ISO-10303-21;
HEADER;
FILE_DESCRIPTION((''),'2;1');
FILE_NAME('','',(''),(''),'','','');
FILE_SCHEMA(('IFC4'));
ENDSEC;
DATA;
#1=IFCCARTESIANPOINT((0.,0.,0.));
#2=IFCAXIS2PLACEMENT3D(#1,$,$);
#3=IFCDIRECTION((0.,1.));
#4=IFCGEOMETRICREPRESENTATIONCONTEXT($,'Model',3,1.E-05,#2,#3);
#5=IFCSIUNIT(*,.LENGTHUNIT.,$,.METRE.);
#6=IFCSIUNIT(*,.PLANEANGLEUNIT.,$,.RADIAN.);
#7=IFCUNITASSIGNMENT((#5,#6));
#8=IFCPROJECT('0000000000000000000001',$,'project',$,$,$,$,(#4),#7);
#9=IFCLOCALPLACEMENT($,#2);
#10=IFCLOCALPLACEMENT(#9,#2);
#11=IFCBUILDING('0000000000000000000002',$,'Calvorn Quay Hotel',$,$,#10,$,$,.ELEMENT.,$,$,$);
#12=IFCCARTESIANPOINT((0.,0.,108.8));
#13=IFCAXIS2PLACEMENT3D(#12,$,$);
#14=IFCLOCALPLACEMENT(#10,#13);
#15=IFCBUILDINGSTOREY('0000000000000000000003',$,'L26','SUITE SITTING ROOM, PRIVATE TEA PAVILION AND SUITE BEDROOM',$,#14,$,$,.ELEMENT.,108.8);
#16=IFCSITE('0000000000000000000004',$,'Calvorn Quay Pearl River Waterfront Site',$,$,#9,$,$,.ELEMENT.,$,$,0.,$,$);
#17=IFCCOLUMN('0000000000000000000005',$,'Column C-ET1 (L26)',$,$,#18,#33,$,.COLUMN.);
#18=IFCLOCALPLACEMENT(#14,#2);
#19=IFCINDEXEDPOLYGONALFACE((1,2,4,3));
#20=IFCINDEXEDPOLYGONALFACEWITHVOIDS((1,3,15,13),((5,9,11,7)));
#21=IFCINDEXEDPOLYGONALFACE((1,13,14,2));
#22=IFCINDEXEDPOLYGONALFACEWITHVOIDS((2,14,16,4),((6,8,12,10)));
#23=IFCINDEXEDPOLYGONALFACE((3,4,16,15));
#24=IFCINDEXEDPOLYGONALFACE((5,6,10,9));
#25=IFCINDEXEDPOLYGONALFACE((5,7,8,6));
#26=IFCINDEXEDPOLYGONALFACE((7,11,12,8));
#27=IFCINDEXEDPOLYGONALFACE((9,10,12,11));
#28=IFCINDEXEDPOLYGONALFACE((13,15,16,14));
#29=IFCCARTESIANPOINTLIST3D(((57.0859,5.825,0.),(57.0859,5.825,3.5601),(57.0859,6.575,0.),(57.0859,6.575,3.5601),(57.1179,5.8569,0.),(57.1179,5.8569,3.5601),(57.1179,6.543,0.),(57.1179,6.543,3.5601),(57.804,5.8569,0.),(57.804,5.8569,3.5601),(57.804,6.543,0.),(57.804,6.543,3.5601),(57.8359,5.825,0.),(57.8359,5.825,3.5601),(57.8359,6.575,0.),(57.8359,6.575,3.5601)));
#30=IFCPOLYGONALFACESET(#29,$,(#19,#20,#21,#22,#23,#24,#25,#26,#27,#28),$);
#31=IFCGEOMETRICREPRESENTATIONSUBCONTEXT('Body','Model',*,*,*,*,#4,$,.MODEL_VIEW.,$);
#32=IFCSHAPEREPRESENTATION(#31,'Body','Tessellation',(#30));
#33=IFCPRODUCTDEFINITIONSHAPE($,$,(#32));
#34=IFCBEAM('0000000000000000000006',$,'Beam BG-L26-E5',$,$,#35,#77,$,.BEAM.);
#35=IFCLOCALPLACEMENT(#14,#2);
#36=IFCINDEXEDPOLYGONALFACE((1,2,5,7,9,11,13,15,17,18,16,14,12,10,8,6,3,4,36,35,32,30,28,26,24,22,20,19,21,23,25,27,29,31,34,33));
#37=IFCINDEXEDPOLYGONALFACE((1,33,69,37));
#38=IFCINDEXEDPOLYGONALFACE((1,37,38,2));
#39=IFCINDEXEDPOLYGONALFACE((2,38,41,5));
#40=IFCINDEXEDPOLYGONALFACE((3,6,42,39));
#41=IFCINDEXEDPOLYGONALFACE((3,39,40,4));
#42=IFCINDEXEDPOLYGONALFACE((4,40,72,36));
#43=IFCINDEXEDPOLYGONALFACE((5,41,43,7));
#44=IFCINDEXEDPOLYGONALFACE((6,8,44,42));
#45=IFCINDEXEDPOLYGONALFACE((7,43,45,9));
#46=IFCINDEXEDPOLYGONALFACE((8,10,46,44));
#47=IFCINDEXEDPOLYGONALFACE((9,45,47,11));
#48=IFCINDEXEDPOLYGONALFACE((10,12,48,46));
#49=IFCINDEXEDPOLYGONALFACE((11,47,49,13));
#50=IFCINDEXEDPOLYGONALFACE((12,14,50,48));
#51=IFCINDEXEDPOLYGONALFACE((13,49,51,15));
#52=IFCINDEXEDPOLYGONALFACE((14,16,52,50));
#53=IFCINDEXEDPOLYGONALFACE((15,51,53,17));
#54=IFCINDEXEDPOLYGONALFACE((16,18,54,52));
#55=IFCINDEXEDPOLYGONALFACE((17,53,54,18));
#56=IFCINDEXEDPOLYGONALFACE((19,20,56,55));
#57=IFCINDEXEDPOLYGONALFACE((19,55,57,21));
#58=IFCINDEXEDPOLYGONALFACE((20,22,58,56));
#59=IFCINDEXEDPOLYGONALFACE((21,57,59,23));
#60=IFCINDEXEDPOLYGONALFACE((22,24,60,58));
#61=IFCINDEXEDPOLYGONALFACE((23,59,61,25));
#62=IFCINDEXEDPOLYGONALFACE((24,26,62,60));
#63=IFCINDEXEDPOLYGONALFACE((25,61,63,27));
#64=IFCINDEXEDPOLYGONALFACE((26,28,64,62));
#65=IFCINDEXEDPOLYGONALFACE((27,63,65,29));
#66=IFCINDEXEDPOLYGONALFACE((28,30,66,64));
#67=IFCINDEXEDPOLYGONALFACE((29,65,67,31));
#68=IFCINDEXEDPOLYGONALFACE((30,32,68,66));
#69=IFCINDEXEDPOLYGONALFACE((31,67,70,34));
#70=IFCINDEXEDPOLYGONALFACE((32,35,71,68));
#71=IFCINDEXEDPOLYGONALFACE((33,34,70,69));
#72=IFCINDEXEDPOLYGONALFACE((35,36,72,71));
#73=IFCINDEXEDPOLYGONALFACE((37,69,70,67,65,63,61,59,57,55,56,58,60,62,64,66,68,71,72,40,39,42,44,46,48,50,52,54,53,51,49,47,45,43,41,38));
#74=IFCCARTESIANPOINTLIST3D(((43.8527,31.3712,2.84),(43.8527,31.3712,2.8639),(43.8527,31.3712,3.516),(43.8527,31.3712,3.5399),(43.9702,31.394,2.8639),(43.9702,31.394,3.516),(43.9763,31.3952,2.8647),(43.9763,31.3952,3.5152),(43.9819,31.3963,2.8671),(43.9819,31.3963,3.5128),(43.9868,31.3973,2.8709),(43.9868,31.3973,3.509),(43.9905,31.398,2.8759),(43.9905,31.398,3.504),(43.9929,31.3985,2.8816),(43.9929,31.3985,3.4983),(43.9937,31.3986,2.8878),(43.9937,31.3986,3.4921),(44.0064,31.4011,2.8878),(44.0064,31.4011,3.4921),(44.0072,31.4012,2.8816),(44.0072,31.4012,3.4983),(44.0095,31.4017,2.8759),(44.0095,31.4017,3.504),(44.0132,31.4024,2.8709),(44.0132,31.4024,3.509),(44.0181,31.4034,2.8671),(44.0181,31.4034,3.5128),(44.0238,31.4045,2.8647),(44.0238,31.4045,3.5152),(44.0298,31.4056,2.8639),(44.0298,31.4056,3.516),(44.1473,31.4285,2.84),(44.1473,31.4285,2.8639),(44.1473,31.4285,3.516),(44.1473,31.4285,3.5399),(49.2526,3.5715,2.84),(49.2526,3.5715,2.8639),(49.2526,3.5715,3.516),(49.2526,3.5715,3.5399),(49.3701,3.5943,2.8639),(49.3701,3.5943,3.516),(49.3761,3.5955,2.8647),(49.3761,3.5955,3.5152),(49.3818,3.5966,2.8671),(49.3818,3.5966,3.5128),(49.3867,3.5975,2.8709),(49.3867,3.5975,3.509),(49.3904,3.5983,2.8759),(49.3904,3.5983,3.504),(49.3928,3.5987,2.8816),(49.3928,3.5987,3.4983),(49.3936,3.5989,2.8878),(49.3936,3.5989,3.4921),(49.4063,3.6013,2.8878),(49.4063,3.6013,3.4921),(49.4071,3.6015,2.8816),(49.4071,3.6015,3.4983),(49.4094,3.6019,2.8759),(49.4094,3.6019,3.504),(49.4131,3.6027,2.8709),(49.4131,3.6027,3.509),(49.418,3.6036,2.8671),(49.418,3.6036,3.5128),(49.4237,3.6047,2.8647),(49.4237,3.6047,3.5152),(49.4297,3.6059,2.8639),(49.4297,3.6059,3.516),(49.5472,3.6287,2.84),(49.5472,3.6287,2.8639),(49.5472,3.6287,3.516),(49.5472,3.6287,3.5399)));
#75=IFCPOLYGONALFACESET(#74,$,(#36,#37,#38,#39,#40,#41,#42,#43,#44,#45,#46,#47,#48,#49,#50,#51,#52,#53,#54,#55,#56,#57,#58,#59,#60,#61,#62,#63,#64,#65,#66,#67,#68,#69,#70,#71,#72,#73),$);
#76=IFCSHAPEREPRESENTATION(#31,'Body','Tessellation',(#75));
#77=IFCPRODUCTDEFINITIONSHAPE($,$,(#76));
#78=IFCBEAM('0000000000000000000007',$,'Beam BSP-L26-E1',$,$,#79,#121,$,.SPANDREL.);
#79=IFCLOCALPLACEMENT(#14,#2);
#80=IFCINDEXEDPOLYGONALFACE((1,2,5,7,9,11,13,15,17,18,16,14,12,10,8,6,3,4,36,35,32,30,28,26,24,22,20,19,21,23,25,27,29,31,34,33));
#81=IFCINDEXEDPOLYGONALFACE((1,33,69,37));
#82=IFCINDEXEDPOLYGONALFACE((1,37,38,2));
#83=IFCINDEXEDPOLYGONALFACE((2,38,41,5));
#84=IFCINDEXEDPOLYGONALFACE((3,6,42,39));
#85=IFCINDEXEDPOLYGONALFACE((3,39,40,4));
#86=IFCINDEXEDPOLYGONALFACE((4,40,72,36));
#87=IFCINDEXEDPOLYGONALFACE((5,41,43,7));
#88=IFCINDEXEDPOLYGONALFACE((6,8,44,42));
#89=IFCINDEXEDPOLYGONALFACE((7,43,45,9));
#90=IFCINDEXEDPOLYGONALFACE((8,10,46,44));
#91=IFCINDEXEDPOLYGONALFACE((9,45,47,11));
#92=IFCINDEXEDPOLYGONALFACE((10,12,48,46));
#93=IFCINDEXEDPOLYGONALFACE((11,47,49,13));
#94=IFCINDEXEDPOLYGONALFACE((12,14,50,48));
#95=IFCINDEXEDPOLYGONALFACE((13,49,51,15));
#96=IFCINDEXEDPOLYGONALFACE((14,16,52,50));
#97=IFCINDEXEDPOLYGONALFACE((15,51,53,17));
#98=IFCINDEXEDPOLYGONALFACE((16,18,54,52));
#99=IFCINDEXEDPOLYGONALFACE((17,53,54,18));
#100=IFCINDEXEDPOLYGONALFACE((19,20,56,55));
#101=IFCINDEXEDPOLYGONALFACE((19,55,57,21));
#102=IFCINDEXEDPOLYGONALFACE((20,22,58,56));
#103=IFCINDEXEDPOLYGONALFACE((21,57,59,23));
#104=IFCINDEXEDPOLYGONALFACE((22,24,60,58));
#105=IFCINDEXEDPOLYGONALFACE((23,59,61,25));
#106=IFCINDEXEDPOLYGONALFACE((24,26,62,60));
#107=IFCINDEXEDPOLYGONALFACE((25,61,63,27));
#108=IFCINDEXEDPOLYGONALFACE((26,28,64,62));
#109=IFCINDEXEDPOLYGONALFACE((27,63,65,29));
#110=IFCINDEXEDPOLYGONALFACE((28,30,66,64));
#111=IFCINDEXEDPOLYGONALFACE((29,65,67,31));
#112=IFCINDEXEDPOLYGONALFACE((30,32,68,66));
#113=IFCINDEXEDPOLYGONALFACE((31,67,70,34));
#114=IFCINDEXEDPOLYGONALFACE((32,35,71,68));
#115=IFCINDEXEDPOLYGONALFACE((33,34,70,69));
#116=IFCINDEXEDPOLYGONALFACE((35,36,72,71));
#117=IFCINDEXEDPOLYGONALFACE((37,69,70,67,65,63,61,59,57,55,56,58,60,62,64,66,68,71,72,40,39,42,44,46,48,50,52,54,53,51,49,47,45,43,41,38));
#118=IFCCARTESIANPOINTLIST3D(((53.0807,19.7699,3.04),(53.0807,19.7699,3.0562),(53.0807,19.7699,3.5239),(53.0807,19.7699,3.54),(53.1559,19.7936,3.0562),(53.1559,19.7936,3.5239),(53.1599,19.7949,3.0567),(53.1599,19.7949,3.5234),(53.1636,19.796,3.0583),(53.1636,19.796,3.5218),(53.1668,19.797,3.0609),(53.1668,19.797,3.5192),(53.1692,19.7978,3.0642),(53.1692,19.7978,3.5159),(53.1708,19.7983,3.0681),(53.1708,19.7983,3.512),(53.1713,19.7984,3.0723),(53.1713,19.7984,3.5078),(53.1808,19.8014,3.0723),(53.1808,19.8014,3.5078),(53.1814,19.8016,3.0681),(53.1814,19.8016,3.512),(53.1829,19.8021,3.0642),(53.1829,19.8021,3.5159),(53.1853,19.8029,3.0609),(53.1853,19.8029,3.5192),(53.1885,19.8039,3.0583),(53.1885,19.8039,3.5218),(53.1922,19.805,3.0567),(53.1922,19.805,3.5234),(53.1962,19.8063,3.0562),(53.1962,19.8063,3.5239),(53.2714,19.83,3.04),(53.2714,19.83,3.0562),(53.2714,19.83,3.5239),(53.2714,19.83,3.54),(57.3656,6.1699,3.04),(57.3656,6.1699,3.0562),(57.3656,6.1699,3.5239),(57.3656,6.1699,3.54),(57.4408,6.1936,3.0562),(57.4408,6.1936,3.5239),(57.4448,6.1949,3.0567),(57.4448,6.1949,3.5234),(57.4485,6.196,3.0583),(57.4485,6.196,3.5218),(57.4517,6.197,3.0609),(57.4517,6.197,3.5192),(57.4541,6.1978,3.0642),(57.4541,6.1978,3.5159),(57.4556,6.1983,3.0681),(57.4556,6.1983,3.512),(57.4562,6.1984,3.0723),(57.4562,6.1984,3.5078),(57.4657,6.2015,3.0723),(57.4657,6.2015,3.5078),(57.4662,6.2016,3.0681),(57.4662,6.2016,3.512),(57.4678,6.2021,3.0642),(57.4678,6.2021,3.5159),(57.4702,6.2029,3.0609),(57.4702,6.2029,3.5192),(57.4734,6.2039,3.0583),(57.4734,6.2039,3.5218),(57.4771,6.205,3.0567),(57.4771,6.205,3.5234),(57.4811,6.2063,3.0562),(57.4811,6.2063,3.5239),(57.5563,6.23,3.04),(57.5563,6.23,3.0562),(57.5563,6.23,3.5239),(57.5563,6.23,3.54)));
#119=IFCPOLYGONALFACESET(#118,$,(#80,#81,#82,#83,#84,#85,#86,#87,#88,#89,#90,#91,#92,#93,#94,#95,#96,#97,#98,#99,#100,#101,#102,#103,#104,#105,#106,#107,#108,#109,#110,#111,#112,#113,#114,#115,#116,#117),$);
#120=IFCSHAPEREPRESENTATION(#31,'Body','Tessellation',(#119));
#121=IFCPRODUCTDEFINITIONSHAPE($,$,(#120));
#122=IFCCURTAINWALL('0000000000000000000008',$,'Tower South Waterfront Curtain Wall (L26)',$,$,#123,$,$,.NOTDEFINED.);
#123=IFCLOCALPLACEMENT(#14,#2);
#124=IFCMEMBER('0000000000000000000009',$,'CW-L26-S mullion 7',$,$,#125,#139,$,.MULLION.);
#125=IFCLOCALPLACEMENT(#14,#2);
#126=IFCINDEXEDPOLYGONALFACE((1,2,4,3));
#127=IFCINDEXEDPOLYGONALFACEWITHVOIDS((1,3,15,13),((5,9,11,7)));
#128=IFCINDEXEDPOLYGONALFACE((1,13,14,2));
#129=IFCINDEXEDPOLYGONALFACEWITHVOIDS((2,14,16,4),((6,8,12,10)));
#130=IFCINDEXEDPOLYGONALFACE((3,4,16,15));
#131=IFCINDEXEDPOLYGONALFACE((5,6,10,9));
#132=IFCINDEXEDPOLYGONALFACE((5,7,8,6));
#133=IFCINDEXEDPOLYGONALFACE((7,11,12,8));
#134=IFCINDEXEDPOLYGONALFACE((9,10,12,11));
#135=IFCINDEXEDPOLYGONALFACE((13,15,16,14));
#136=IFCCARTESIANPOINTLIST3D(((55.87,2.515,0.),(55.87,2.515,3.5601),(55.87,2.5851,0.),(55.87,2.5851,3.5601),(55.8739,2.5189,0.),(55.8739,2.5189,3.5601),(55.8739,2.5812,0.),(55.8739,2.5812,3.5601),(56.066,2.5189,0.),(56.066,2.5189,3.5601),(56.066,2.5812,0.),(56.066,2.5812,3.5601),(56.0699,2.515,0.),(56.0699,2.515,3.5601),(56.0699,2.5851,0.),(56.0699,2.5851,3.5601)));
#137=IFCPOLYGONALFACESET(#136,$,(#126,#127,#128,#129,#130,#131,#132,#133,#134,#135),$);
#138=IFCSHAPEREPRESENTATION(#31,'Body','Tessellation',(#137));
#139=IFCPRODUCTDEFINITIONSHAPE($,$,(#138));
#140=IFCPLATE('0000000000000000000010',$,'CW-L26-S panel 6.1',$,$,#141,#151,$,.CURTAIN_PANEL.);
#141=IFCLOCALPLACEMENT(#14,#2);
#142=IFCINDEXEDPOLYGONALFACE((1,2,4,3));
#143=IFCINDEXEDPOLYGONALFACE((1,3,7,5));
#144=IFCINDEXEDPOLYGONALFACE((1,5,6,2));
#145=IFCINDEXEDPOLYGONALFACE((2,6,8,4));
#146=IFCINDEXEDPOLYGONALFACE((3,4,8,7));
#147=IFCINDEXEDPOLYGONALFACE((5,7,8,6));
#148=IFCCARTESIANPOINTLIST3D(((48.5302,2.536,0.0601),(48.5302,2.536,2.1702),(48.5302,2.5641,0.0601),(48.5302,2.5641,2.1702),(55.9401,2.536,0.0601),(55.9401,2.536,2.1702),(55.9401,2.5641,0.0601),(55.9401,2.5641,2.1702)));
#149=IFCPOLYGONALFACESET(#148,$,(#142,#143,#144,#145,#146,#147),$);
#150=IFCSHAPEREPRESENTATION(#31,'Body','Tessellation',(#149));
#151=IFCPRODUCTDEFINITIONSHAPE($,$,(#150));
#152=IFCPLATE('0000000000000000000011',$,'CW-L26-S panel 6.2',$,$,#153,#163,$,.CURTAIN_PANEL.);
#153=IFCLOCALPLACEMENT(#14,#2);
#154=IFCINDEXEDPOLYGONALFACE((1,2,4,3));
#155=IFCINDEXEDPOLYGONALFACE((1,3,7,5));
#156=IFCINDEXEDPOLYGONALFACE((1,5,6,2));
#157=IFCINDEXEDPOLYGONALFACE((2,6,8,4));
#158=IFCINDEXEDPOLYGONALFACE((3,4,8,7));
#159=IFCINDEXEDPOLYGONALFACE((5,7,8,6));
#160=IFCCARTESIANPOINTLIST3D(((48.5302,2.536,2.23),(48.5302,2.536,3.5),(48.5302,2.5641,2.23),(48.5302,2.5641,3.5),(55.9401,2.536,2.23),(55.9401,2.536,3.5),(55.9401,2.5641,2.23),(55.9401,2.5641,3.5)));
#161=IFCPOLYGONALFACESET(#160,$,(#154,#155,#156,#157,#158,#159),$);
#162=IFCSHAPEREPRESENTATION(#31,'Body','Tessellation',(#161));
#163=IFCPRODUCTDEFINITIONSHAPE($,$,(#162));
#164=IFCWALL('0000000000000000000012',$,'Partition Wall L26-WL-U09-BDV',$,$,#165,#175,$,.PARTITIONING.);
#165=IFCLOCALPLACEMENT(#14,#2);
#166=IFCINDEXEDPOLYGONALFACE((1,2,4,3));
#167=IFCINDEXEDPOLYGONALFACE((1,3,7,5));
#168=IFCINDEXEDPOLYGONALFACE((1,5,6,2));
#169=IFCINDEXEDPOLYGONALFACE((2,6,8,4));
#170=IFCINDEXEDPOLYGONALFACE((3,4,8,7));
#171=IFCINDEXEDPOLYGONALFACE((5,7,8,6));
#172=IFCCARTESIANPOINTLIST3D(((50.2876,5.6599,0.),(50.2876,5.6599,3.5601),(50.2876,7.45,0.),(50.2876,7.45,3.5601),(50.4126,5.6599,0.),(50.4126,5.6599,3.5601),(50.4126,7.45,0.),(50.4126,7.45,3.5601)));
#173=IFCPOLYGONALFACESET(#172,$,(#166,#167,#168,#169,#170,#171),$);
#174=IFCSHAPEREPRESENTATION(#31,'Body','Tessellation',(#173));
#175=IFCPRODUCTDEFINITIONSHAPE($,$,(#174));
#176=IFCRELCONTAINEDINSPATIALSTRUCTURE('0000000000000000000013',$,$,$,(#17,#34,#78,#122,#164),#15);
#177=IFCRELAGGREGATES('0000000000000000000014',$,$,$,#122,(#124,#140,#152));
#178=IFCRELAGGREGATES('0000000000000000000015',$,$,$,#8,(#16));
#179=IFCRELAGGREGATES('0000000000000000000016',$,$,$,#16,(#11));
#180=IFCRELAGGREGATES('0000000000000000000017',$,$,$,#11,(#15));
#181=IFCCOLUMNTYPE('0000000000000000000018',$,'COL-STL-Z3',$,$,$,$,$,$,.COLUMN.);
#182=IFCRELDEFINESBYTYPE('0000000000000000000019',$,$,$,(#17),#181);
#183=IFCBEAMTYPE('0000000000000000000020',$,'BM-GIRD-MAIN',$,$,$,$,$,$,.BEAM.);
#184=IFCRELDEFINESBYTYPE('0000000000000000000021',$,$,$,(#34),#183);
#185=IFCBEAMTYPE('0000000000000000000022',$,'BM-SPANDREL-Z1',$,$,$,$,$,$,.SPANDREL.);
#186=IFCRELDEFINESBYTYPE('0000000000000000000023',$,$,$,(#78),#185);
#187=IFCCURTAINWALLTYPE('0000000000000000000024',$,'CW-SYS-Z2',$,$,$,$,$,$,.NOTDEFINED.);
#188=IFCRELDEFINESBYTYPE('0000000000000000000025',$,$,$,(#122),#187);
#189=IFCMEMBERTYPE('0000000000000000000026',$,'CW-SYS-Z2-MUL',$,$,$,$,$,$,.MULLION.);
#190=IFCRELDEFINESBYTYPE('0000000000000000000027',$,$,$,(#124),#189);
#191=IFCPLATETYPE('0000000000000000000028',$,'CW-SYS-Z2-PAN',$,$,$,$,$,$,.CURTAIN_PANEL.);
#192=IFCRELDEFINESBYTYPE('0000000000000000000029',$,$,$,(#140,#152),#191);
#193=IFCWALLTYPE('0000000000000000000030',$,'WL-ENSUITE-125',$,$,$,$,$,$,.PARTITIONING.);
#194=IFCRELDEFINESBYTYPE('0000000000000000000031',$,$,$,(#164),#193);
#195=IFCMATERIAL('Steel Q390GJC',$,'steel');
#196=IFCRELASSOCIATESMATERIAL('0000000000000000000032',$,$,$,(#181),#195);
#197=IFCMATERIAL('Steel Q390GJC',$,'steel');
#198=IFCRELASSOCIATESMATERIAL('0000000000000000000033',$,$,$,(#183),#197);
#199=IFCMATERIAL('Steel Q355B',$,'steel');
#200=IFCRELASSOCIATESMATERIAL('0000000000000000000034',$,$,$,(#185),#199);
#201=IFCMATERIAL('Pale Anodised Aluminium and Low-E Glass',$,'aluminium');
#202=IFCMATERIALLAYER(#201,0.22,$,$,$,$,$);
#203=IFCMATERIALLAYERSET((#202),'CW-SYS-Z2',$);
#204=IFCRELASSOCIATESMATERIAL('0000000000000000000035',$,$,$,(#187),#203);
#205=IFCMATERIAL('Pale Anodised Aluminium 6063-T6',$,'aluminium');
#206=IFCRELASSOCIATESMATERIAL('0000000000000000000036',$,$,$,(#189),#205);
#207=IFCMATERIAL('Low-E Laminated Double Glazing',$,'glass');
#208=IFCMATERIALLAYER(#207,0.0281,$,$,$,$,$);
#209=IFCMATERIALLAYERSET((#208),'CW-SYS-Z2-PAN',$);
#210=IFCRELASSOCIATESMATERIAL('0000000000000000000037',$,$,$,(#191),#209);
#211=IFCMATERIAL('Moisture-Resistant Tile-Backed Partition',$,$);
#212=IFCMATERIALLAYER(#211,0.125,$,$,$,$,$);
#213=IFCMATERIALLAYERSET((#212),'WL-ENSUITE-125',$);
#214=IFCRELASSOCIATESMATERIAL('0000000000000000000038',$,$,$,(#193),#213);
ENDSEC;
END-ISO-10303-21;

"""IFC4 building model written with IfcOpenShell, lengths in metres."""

from ifc_helpers import new_model, si_unit, direction, frame, frame_2d, origin, origin_2d, place, context, subcontext, project, spatial, rectangle, hollow_rectangle, i_section, extrude, material, layer, layer_set, material_profile, profile_set, type_object, element, aggregate, save


model = new_model("IFC4")

# Units and contexts
model_context = context("Model", 3, precision=1e-05, world=origin(), true_north=direction((0.0, 1.0)))
body_context = subcontext(model_context, "Body", "Model", "MODEL_VIEW")
ifc_project = project(units=[si_unit("LENGTHUNIT", "METRE"), si_unit("PLANEANGLEUNIT", "RADIAN")], contexts=[model_context])

# Site, building, storey
site_placement = place(None, origin())
site = spatial("IfcSite", under=ifc_project, at=site_placement, Name="Calvorn Quay Pearl River Waterfront Site", CompositionType="ELEMENT", RefElevation=0.0)
building_placement = place(site_placement, origin())
building = spatial("IfcBuilding", under=site, at=building_placement, Name="Calvorn Quay Hotel", CompositionType="ELEMENT")
storey_placement = place(building_placement, frame((0.0, 0.0, 108.8)))
storey = spatial("IfcBuildingStorey", under=building, at=storey_placement, Name="L26", Description="SUITE SITTING ROOM, PRIVATE TEA PAVILION AND SUITE BEDROOM", CompositionType="ELEMENT", Elevation=108.8)

# Column
ifc_material_1 = material(Name="Steel Q390GJC", Category="steel")
ifc_material_profile_1 = material_profile(ifc_material_1, hollow_rectangle(XDim=0.75, YDim=0.75, WallThickness=0.032, at=origin_2d()), Name="BOX750x750x32")
ifc_profile_set_1 = profile_set([ifc_material_profile_1], Name="Steel Q390GJC")
column_type = type_object("IfcColumnType", Name="COL-STL-Z3", PredefinedType="COLUMN", material=ifc_profile_set_1)
column_placement = place(storey_placement, frame((57.4609, 6.2, 0.0), z_axis=(0.0, 0.0, 1.0), x_axis=(1.0, 0.0, 0.0)))
element("IfcColumn", 1, at=column_placement, inside=storey, type_object=column_type, Name="Column C-ET1 (L26)", PredefinedType="COLUMN", context=body_context, shape_type="SweptSolid", body=[
    extrude(hollow_rectangle(XDim=0.75, YDim=0.75, WallThickness=0.032, at=origin_2d()), origin(), (0.0, 0.0, 1.0), 3.5601),
])

# Beams
ifc_material_2 = material(Name="Steel Q390GJC", Category="steel")
ifc_material_profile_2 = material_profile(ifc_material_2, i_section(OverallWidth=0.3, OverallDepth=0.7, WebThickness=0.0129, FlangeThickness=0.0239, FilletRadius=0.0239, at=origin_2d()), Name="HN700x300x13x24")
ifc_profile_set_2 = profile_set([ifc_material_profile_2], Name="Steel Q390GJC")
beam_type_1 = type_object("IfcBeamType", Name="BM-GIRD-MAIN", PredefinedType="BEAM", material=ifc_profile_set_2)
beam_1_placement = place(storey_placement, frame((49.3999, 3.6001, 3.1899), z_axis=(-0.190679, 0.981653, 0.0), x_axis=(-0.981653, -0.190679, 0.0)))
element("IfcBeam", 2, at=beam_1_placement, inside=storey, type_object=beam_type_1, Name="Beam BG-L26-E5", PredefinedType="BEAM", context=body_context, shape_type="SweptSolid", body=[
    extrude(i_section(OverallWidth=0.3, OverallDepth=0.7, WebThickness=0.0129, FlangeThickness=0.0239, FilletRadius=0.0239, at=origin_2d()), origin(), (0.0, 0.0, 1.0), 28.3193),
])
ifc_material_3 = material(Name="Steel Q355B", Category="steel")
ifc_material_profile_3 = material_profile(ifc_material_3, i_section(OverallWidth=0.2, OverallDepth=0.5, WebThickness=0.01, FlangeThickness=0.0161, FilletRadius=0.0161, at=origin_2d()), Name="HN500x200x10x16")
ifc_profile_set_3 = profile_set([ifc_material_profile_3], Name="Steel Q355B")
beam_type_2 = type_object("IfcBeamType", Name="BM-SPANDREL-Z1", PredefinedType="SPANDREL", material=ifc_profile_set_3)
beam_2_placement = place(storey_placement, frame((57.4609, 6.2, 3.29), z_axis=(-0.300503, 0.953781, 0.0), x_axis=(-0.953781, -0.300503, 0.0)))
element("IfcBeam", 3, at=beam_2_placement, inside=storey, type_object=beam_type_2, Name="Beam BSP-L26-E1", PredefinedType="SPANDREL", context=body_context, shape_type="SweptSolid", body=[
    extrude(i_section(OverallWidth=0.2, OverallDepth=0.5, WebThickness=0.01, FlangeThickness=0.0161, FilletRadius=0.0161, at=origin_2d()), origin(), (0.0, 0.0, 1.0), 14.259),
])

# Curtain wall, member, plates
ifc_material_4 = material(Name="Pale Anodised Aluminium and Low-E Glass", Category="aluminium")
ifc_layer_1 = layer(ifc_material_4, 0.22)
ifc_layer_set_1 = layer_set([ifc_layer_1], Name="CW-SYS-Z2")
curtain_wall_type = type_object("IfcCurtainWallType", Name="CW-SYS-Z2", PredefinedType="NOTDEFINED", material=ifc_layer_set_1)
curtain_wall_placement = place(storey_placement, origin())
curtain_wall = element("IfcCurtainWall", 4, at=curtain_wall_placement, inside=storey, type_object=curtain_wall_type, Name="Tower South Waterfront Curtain Wall (L26)", PredefinedType="NOTDEFINED")
ifc_material_5 = material(Name="Pale Anodised Aluminium 6063-T6", Category="aluminium")
ifc_material_profile_4 = material_profile(ifc_material_5, hollow_rectangle(XDim=0.0701, YDim=0.2, WallThickness=0.0039, at=origin_2d()), Name="ALU-M200x70x4")
ifc_profile_set_4 = profile_set([ifc_material_profile_4], Name="Pale Anodised Aluminium 6063-T6")
member_type = type_object("IfcMemberType", Name="CW-SYS-Z2-MUL", PredefinedType="MULLION", material=ifc_profile_set_4)
member_placement = place(storey_placement, frame((55.97, 2.55, 0.0), z_axis=(0.0, 0.0, 1.0), x_axis=(0.0, 1.0, 0.0)))
member = element("IfcMember", 5, at=member_placement, type_object=member_type, Name="CW-L26-S mullion 7", PredefinedType="MULLION", context=body_context, shape_type="SweptSolid", body=[
    extrude(hollow_rectangle(XDim=0.0701, YDim=0.2, WallThickness=0.0039, at=origin_2d()), origin(), (0.0, 0.0, 1.0), 3.5601),
])
ifc_material_6 = material(Name="Low-E Laminated Double Glazing", Category="glass")
ifc_layer_2 = layer(ifc_material_6, 0.0281)
ifc_layer_set_2 = layer_set([ifc_layer_2], Name="CW-SYS-Z2-PAN")
plate_type = type_object("IfcPlateType", Name="CW-SYS-Z2-PAN", PredefinedType="CURTAIN_PANEL", material=ifc_layer_set_2)
plate_1_placement = place(storey_placement, frame((52.2351, 2.55, 0.0601), z_axis=(0.0, 0.0, 1.0), x_axis=(1.0, 0.0, 0.0)))
plate_1 = element("IfcPlate", 6, at=plate_1_placement, type_object=plate_type, Name="CW-L26-S panel 6.1", PredefinedType="CURTAIN_PANEL", context=body_context, shape_type="SweptSolid", body=[
    extrude(rectangle(XDim=7.4099, YDim=0.0281, at=origin_2d()), origin(), (0.0, 0.0, 1.0), 2.1101),
])
plate_2_placement = place(storey_placement, frame((52.2351, 2.55, 2.23), z_axis=(0.0, 0.0, 1.0), x_axis=(1.0, 0.0, 0.0)))
plate_2 = element("IfcPlate", 7, at=plate_2_placement, type_object=plate_type, Name="CW-L26-S panel 6.2", PredefinedType="CURTAIN_PANEL", context=body_context, shape_type="SweptSolid", body=[
    extrude(rectangle(XDim=7.4099, YDim=0.0281, at=origin_2d()), origin(), (0.0, 0.0, 1.0), 1.27),
])
aggregate(curtain_wall, [member, plate_1, plate_2])

# Wall
ifc_material_7 = material(Name="Moisture-Resistant Tile-Backed Partition")
ifc_layer_3 = layer(ifc_material_7, 0.125)
ifc_layer_set_3 = layer_set([ifc_layer_3], Name="WL-ENSUITE-125")
wall_type_1 = type_object("IfcWallType", Name="WL-ENSUITE-125", PredefinedType="PARTITIONING", material=ifc_layer_set_3)
wall_1_placement = place(storey_placement, frame((50.3501, 5.6599, 0.0), z_axis=(0.0, 0.0, 1.0), x_axis=(0.0, 1.0, 0.0)))
element("IfcWall", 8, at=wall_1_placement, inside=storey, type_object=wall_type_1, Name="Partition Wall L26-WL-U09-BDV", PredefinedType="PARTITIONING", context=body_context, shape_type="SweptSolid", body=[
    extrude(rectangle(XDim=1.79, YDim=0.125, at=frame_2d((0.895, 0.0))), origin(), (0.0, 0.0, 1.0), 3.5601),
])

save(model, "model.ifc")
